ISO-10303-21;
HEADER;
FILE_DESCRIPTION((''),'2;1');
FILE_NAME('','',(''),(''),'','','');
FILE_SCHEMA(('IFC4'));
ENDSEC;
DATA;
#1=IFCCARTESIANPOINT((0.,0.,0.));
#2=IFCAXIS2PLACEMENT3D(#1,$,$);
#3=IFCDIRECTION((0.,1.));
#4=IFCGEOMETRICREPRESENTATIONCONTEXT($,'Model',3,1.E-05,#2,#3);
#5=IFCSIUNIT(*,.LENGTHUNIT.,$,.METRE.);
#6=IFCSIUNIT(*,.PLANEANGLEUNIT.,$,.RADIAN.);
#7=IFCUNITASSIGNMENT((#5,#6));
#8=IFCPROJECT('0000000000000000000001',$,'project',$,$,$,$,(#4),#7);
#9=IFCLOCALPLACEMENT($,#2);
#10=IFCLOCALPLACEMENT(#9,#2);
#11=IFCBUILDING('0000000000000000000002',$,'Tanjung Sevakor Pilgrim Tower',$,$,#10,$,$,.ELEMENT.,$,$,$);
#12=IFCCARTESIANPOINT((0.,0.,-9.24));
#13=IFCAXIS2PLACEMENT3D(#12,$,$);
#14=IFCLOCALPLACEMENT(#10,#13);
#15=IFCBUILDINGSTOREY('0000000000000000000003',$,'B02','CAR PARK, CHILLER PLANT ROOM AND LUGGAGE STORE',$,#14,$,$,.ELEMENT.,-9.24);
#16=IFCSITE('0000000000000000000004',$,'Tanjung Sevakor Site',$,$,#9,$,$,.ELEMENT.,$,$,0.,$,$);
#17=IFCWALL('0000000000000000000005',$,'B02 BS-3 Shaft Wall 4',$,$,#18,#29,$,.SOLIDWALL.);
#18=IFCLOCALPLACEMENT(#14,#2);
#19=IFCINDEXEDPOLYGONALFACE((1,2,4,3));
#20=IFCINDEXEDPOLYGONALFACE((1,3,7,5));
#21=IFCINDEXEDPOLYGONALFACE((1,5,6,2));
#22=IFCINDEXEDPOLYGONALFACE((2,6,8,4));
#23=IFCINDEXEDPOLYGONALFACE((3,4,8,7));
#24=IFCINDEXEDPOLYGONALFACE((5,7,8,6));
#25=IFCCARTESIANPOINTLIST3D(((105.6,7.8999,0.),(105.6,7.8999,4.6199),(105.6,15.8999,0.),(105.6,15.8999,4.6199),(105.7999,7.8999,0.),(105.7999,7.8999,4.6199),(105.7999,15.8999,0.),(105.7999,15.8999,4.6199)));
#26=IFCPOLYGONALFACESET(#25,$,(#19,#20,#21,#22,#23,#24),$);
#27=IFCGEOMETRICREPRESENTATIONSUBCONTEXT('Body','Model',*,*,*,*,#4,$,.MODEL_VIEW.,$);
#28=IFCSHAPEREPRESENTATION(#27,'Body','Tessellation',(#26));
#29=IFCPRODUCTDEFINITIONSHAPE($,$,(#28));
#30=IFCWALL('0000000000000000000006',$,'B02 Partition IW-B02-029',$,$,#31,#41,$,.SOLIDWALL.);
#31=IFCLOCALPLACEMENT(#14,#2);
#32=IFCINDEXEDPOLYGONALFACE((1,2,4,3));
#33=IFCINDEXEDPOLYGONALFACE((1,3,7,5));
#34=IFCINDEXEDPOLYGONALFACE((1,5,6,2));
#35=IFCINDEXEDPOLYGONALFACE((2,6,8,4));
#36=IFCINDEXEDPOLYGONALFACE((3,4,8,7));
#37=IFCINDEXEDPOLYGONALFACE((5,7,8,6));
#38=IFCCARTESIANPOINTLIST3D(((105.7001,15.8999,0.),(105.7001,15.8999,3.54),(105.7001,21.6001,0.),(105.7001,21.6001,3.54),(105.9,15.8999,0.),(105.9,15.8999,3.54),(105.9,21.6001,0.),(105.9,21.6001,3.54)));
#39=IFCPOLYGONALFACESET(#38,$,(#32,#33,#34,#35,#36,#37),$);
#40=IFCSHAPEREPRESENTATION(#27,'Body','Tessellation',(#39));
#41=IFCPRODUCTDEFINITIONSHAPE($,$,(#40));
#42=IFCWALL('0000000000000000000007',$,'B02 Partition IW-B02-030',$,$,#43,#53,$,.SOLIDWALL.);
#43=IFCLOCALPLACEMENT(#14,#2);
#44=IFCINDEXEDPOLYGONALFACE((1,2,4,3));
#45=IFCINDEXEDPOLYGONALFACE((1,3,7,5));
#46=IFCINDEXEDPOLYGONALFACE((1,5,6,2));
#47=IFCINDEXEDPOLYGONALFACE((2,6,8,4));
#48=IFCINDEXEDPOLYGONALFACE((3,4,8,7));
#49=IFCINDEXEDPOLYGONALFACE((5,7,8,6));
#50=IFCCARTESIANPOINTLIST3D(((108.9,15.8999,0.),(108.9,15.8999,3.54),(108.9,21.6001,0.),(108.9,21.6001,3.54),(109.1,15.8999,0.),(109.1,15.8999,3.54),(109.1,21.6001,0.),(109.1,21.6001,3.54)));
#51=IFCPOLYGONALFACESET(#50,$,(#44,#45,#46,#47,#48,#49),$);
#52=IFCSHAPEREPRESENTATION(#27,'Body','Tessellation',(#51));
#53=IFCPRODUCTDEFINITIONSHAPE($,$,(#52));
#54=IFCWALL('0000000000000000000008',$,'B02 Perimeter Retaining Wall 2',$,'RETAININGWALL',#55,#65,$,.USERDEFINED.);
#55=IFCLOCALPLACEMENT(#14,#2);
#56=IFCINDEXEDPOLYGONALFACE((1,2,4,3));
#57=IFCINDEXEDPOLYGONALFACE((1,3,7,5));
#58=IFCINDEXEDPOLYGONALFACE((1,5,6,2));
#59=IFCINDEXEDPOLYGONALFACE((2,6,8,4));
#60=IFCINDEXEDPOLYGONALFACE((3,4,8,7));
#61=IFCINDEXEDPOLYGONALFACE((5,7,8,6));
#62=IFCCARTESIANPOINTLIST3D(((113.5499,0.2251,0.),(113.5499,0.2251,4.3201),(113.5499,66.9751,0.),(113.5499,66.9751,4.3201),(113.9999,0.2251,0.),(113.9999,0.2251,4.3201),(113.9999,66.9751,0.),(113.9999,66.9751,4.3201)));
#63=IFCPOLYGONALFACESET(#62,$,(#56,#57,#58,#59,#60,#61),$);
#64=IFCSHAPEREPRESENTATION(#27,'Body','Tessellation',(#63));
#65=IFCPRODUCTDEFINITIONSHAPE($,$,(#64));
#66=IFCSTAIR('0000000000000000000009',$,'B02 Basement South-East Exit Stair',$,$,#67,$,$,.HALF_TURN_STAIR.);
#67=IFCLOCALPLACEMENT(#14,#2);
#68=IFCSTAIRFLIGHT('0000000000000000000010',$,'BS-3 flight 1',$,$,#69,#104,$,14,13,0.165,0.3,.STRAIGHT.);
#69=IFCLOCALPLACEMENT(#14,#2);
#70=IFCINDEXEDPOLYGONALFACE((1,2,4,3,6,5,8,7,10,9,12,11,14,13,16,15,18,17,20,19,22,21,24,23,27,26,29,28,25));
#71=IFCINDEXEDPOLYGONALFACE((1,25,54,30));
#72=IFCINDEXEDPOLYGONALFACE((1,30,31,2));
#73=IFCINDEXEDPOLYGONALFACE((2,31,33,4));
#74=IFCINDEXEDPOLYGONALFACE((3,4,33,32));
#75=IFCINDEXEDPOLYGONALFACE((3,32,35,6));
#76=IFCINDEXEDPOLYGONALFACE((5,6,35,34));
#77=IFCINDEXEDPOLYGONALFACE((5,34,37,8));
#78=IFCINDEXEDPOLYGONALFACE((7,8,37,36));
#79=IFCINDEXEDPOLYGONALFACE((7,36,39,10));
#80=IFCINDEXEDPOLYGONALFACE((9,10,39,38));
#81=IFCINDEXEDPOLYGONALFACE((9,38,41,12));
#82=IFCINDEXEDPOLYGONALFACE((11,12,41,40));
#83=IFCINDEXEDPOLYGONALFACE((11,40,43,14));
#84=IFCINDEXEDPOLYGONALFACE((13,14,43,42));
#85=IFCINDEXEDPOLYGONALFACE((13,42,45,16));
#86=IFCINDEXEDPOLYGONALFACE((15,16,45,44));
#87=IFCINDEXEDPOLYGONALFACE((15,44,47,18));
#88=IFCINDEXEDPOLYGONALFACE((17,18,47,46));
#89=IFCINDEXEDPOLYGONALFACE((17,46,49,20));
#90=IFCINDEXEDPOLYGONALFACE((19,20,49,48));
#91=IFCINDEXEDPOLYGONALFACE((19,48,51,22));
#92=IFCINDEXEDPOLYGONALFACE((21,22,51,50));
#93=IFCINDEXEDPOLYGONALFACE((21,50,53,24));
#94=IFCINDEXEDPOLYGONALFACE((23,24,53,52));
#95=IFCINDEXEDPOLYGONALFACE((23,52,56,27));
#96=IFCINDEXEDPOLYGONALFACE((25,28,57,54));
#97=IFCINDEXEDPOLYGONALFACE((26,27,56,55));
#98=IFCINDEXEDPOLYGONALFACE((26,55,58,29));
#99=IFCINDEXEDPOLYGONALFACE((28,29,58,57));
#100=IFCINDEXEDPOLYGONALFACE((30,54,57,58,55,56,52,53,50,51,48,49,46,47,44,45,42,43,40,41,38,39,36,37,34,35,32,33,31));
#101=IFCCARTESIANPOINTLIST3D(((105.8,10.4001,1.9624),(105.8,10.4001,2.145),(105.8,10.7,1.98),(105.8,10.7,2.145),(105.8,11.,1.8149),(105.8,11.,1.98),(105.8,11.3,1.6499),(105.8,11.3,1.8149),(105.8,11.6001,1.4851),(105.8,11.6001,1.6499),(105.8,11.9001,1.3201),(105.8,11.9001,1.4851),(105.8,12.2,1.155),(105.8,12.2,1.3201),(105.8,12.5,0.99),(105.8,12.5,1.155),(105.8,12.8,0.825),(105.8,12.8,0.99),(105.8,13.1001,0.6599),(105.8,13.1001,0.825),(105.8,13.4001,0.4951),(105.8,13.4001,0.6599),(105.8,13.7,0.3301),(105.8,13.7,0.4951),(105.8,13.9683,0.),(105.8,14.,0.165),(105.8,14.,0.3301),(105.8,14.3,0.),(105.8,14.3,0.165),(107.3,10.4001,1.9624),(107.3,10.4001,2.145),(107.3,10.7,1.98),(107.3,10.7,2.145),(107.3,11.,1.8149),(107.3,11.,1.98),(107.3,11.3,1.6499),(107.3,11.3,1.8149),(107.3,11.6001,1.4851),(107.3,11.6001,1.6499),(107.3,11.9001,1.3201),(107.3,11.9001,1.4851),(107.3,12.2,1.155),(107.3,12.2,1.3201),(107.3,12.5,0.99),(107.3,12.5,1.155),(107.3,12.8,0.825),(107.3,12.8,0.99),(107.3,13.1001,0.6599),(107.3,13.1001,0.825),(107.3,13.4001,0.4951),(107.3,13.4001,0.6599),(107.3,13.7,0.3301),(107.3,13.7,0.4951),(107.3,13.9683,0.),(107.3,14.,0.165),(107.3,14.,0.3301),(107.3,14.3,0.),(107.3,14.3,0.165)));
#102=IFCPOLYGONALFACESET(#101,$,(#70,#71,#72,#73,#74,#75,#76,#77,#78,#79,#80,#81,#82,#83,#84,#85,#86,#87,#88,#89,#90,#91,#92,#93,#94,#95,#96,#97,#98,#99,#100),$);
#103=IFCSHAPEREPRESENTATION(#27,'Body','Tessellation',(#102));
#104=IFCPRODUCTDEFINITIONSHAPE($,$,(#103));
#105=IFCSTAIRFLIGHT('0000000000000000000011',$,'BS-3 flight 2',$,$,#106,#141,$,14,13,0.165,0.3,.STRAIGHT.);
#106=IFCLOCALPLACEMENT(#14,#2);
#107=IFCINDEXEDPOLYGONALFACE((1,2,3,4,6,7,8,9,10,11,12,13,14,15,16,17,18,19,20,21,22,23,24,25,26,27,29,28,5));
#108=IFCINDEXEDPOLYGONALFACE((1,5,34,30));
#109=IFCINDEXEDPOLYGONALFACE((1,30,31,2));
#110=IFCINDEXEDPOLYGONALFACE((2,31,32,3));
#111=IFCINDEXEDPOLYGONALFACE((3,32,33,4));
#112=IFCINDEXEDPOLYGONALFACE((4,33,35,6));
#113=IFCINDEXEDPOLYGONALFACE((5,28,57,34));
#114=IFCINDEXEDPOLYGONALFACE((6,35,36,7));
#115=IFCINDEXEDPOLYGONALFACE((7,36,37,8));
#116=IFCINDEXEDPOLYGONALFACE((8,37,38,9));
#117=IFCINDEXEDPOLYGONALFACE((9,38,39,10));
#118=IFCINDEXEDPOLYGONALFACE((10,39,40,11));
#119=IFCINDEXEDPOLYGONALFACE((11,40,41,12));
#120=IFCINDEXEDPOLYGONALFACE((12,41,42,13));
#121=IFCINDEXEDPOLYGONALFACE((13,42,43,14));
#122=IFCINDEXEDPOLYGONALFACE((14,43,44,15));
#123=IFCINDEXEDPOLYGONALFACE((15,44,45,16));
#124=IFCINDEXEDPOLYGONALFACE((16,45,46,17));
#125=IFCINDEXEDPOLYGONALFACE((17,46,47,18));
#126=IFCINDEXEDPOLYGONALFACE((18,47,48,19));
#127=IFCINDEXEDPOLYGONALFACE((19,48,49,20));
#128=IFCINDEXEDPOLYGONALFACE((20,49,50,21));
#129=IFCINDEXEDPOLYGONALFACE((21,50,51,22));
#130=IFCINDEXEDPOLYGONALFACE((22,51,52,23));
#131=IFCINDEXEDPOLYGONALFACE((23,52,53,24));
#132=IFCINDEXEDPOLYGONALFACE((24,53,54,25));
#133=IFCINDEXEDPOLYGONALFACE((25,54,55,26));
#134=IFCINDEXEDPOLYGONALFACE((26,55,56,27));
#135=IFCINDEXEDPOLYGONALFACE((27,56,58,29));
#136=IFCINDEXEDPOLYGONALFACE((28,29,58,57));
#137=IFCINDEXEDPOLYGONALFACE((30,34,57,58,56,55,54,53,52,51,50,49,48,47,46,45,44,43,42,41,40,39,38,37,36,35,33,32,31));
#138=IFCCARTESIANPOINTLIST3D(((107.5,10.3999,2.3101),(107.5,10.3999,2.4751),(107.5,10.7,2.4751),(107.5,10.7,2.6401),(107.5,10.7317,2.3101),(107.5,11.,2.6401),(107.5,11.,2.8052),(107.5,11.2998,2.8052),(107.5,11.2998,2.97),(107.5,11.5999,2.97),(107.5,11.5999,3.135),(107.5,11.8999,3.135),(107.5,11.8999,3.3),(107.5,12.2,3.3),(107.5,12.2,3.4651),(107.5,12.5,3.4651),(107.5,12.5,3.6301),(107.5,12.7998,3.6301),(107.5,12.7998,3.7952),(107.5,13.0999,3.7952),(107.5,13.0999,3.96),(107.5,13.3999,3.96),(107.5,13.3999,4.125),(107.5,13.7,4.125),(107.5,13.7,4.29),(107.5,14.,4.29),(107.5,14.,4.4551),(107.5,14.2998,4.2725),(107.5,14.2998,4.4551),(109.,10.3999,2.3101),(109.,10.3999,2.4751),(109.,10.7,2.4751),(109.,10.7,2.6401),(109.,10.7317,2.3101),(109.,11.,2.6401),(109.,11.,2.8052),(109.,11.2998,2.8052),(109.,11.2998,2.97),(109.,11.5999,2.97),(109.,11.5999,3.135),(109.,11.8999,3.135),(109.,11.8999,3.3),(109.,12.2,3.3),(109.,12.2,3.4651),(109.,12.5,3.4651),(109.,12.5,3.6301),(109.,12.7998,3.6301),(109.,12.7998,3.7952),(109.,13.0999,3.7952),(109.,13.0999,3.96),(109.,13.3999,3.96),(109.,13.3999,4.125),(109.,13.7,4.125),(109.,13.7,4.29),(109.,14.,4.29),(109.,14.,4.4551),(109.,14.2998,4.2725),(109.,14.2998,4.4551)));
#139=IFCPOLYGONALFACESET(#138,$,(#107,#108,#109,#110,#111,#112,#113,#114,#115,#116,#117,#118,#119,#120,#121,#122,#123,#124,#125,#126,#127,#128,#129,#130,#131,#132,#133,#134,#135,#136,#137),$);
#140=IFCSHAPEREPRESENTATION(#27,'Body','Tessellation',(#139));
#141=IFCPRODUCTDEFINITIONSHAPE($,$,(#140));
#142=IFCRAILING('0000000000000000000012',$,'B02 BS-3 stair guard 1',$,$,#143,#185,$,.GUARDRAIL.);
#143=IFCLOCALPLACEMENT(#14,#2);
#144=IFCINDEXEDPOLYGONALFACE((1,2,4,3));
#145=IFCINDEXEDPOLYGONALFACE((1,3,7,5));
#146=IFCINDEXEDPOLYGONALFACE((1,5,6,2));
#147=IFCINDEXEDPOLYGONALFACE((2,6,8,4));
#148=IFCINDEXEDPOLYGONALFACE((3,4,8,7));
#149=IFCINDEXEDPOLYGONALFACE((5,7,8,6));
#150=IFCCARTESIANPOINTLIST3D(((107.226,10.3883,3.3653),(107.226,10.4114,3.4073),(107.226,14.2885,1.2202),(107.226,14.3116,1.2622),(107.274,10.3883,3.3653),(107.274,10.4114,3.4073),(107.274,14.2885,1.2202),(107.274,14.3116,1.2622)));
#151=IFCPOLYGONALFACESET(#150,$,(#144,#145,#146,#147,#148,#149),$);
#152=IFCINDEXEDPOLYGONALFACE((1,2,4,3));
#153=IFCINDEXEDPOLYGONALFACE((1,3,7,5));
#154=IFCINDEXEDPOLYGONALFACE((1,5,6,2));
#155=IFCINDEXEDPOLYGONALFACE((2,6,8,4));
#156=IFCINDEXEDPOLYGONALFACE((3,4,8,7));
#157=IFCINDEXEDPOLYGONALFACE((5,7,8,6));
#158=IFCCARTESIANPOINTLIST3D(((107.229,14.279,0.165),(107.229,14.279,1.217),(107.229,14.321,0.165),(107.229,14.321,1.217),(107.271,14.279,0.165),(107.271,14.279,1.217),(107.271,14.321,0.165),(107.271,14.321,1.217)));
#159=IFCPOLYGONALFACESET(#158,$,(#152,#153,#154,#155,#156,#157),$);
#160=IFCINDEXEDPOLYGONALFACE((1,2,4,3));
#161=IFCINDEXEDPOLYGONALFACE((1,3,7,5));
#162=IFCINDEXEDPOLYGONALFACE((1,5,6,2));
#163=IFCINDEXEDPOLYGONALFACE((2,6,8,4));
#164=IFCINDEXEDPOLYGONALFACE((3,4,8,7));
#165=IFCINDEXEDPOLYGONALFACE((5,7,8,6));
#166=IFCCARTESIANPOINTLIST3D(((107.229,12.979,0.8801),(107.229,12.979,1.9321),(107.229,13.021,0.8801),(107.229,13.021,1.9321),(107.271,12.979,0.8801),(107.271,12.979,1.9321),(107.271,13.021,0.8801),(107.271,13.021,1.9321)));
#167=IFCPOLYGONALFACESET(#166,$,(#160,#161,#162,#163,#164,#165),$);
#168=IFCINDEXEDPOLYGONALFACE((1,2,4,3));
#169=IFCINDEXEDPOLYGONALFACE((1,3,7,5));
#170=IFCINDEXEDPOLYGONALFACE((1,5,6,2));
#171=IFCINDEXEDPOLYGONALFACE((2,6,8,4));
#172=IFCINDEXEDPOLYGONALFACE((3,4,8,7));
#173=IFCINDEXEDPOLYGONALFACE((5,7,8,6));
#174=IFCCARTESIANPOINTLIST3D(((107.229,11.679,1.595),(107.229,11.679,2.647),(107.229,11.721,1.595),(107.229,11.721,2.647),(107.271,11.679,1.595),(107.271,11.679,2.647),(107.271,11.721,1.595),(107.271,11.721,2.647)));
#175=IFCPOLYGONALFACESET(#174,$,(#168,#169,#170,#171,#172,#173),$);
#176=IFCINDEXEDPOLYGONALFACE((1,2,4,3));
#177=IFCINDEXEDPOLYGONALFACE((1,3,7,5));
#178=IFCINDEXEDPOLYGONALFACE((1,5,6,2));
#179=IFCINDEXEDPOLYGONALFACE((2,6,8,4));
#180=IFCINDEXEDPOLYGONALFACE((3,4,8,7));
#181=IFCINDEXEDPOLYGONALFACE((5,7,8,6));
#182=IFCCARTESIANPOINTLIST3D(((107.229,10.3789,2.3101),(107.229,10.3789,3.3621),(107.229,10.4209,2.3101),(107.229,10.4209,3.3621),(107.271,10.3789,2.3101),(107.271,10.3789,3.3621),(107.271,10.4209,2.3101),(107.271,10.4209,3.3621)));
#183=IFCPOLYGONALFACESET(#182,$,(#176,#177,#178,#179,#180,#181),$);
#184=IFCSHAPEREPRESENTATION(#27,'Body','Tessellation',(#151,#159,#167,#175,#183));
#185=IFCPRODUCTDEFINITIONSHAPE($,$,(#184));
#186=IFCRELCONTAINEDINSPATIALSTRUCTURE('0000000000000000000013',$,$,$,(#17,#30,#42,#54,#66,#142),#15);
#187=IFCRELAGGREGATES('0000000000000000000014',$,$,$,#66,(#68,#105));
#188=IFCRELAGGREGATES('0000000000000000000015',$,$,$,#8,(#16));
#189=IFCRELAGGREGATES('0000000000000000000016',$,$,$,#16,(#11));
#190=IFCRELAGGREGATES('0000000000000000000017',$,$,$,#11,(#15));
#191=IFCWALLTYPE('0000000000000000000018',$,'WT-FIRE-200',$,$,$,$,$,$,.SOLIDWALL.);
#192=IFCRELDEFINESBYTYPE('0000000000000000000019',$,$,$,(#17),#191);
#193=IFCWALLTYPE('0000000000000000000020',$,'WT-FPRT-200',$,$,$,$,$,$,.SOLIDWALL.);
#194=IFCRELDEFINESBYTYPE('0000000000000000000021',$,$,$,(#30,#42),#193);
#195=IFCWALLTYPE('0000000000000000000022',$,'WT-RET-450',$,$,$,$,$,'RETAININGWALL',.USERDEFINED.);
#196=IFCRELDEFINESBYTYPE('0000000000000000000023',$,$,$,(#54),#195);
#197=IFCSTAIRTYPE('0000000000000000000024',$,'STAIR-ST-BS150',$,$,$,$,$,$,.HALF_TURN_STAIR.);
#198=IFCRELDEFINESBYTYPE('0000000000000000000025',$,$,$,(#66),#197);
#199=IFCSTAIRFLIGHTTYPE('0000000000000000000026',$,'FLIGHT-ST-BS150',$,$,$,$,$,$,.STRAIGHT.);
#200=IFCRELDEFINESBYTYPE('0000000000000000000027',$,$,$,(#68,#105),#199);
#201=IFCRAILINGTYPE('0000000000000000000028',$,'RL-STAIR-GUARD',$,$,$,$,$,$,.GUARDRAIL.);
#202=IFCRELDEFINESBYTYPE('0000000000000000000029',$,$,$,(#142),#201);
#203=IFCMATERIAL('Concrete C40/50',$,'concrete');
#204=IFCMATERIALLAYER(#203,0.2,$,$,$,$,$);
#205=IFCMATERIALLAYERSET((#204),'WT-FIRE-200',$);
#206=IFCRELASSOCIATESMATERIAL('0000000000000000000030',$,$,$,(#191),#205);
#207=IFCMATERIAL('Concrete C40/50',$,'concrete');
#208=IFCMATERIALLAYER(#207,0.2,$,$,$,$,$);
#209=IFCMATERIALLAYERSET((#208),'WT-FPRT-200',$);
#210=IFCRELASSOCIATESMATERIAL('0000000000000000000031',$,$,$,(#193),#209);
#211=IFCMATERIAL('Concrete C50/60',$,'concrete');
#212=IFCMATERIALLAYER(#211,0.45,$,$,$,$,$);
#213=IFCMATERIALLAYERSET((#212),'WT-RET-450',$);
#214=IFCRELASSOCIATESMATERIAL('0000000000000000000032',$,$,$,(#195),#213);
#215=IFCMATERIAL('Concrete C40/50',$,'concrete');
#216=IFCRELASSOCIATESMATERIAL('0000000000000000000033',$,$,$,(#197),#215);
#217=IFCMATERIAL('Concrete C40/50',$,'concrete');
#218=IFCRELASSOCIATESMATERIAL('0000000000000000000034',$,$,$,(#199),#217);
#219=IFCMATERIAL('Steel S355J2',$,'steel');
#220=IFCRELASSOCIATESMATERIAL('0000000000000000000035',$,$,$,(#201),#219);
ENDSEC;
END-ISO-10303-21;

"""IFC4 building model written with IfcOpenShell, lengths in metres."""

from ifc_helpers import new_model, si_unit, direction, frame, frame_2d, origin, place, context, subcontext, project, spatial, polyline, rectangle, outline, extrude, material, layer, layer_set, type_object, element, aggregate, save


model = new_model("IFC4")

# Units and contexts
model_context = context("Model", 3, precision=1e-05, world=origin(), true_north=direction((0.0, 1.0)))
body_context = subcontext(model_context, "Body", "Model", "MODEL_VIEW")
ifc_project = project(units=[si_unit("LENGTHUNIT", "METRE"), si_unit("PLANEANGLEUNIT", "RADIAN")], contexts=[model_context])

# Site, building, storey
site_placement = place(None, origin())
site = spatial("IfcSite", under=ifc_project, at=site_placement, Name="Tanjung Sevakor Site", CompositionType="ELEMENT", RefElevation=0.0)
building_placement = place(site_placement, origin())
building = spatial("IfcBuilding", under=site, at=building_placement, Name="Tanjung Sevakor Pilgrim Tower", CompositionType="ELEMENT")
storey_placement = place(building_placement, frame((0.0, 0.0, -9.24)))
storey = spatial("IfcBuildingStorey", under=building, at=storey_placement, Name="B02", Description="CAR PARK, CHILLER PLANT ROOM AND LUGGAGE STORE", CompositionType="ELEMENT", Elevation=-9.24)

# Walls
ifc_material_1 = material(Name="Concrete C40/50", Category="concrete")
ifc_layer_1 = layer(ifc_material_1, 0.2)
ifc_layer_set_1 = layer_set([ifc_layer_1], Name="WT-FIRE-200")
wall_type_1 = type_object("IfcWallType", Name="WT-FIRE-200", PredefinedType="SOLIDWALL", material=ifc_layer_set_1)
for number, where, z_axis, x_axis, name in (
    (1, (105.7, 15.8999, 0.0), (0.0, 0.0, 1.0), (0.0, -1.0, 0.0), "B02 BS-3 Shaft Wall 4"),
):
    element("IfcWall", number, at=place(storey_placement, frame(where, z_axis=z_axis, x_axis=x_axis)), inside=storey, type_object=wall_type_1, Name=name, PredefinedType="SOLIDWALL", context=body_context, shape_type="SweptSolid", body=[
        extrude(rectangle(XDim=8.0, YDim=0.2, at=frame_2d((4.0, 0.0))), origin(), (0.0, 0.0, 1.0), 4.6199),
    ])
ifc_material_2 = material(Name="Concrete C40/50", Category="concrete")
ifc_layer_2 = layer(ifc_material_2, 0.2)
ifc_layer_set_2 = layer_set([ifc_layer_2], Name="WT-FPRT-200")
wall_type_2 = type_object("IfcWallType", Name="WT-FPRT-200", PredefinedType="SOLIDWALL", material=ifc_layer_set_2)
for number, where, z_axis, x_axis, name in (
    (2, (105.8, 15.8999, 0.0), (0.0, 0.0, 1.0), (0.0, 1.0, 0.0), "B02 Partition IW-B02-029"),
    (3, (109.0, 15.8999, 0.0), (0.0, 0.0, 1.0), (0.0, 1.0, 0.0), "B02 Partition IW-B02-030"),
):
    element("IfcWall", number, at=place(storey_placement, frame(where, z_axis=z_axis, x_axis=x_axis)), inside=storey, type_object=wall_type_2, Name=name, PredefinedType="SOLIDWALL", context=body_context, shape_type="SweptSolid", body=[
        extrude(rectangle(XDim=5.7002, YDim=0.2, at=frame_2d((2.8501, 0.0))), origin(), (0.0, 0.0, 1.0), 3.54),
    ])
ifc_material_3 = material(Name="Concrete C50/60", Category="concrete")
ifc_layer_3 = layer(ifc_material_3, 0.45)
ifc_layer_set_3 = layer_set([ifc_layer_3], Name="WT-RET-450")
wall_type_3 = type_object("IfcWallType", Name="WT-RET-450", ElementType="RETAININGWALL", PredefinedType="USERDEFINED", material=ifc_layer_set_3)
wall_1_placement = place(storey_placement, frame((113.7749, 0.2251, 0.0), z_axis=(0.0, 0.0, 1.0), x_axis=(0.0, 1.0, 0.0)))
element("IfcWall", 4, at=wall_1_placement, inside=storey, type_object=wall_type_3, Name="B02 Perimeter Retaining Wall 2", ObjectType="RETAININGWALL", PredefinedType="USERDEFINED", context=body_context, shape_type="SweptSolid", body=[
    extrude(rectangle(XDim=66.75, YDim=0.45, at=frame_2d((33.375, 0.0))), origin(), (0.0, 0.0, 1.0), 4.3201),
])

# Stair, stair flights
ifc_material_4 = material(Name="Concrete C40/50", Category="concrete")
stair_type = type_object("IfcStairType", Name="STAIR-ST-BS150", PredefinedType="HALF_TURN_STAIR", material=ifc_material_4)
stair_placement = place(storey_placement, origin())
stair = element("IfcStair", 5, at=stair_placement, inside=storey, type_object=stair_type, Name="B02 Basement South-East Exit Stair", PredefinedType="HALF_TURN_STAIR")
ifc_material_5 = material(Name="Concrete C40/50", Category="concrete")
stair_flight_type = type_object("IfcStairFlightType", Name="FLIGHT-ST-BS150", PredefinedType="STRAIGHT", material=ifc_material_5)
stair_flight_1_placement = place(storey_placement, frame((106.55, 14.3, 0.0), z_axis=(0.0, 0.0, 1.0), x_axis=(0.0, -1.0, 0.0)))
stair_flight_1 = element("IfcStairFlight", 6, at=stair_flight_1_placement, type_object=stair_flight_type, Name="BS-3 flight 1", NumberOfRisers=14, NumberOfTreads=13, PredefinedType="STRAIGHT", RiserHeight=0.165, TreadLength=0.3, context=body_context, shape_type="SweptSolid", body=[
    extrude(outline(polyline([(0.0, 0.0), (0.0, 0.165), (0.3, 0.165), (0.3, 0.3301), (0.6001, 0.3301), (0.6001, 0.4951), (0.8999, 0.4951), (0.8999, 0.6599), (1.2, 0.6599), (1.2, 0.825), (1.5, 0.825), (1.5, 0.99), (1.8, 0.99), (1.8, 1.155), (2.1001, 1.155), (2.1001, 1.3201), (2.3999, 1.3201), (2.3999, 1.4851), (2.7, 1.4851), (2.7, 1.6499), (3.0, 1.6499), (3.0, 1.8149), (3.3, 1.8149), (3.3, 1.98), (3.6001, 1.98), (3.6001, 2.145), (3.8999, 2.145), (3.8999, 2.3101), (3.8999, 1.9624), (0.3318, 0.0), (0.0, 0.0)])), frame((0.0, 0.75, 0.0), z_axis=(0.0, -1.0, 0.0), x_axis=(1.0, 0.0, 0.0)), (0.0, 0.0, 1.0), 1.5),
])
stair_flight_2_placement = place(storey_placement, frame((108.25, 10.3999, 2.3101), z_axis=(0.0, 0.0, 1.0), x_axis=(0.0, 1.0, 0.0)))
stair_flight_2 = element("IfcStairFlight", 7, at=stair_flight_2_placement, type_object=stair_flight_type, Name="BS-3 flight 2", NumberOfRisers=14, NumberOfTreads=13, PredefinedType="STRAIGHT", RiserHeight=0.165, TreadLength=0.3, context=body_context, shape_type="SweptSolid", body=[
    extrude(outline(polyline([(0.0, 0.0), (0.0, 0.165), (0.3, 0.165), (0.3, 0.3301), (0.6001, 0.3301), (0.6001, 0.4951), (0.8999, 0.4951), (0.8999, 0.6599), (1.2, 0.6599), (1.2, 0.825), (1.5, 0.825), (1.5, 0.99), (1.8, 0.99), (1.8, 1.155), (2.1001, 1.155), (2.1001, 1.3201), (2.3999, 1.3201), (2.3999, 1.4851), (2.7, 1.4851), (2.7, 1.6499), (3.0, 1.6499), (3.0, 1.8149), (3.3, 1.8149), (3.3, 1.98), (3.6001, 1.98), (3.6001, 2.145), (3.8999, 2.145), (3.8999, 2.3101), (3.8999, 1.9624), (0.3318, 0.0), (0.0, 0.0)])), frame((0.0, 0.75, 0.0), z_axis=(0.0, -1.0, 0.0), x_axis=(1.0, 0.0, 0.0)), (0.0, 0.0, 1.0), 1.5),
])
aggregate(stair, [stair_flight_1, stair_flight_2])

# Railing
ifc_material_6 = material(Name="Steel S355J2", Category="steel")
railing_type_1 = type_object("IfcRailingType", Name="RL-STAIR-GUARD", PredefinedType="GUARDRAIL", material=ifc_material_6)
railing_1_placement = place(storey_placement, frame((107.25, 14.3, 0.165)))
element("IfcRailing", 8, at=railing_1_placement, inside=storey, type_object=railing_type_1, Name="B02 BS-3 stair guard 1", PredefinedType="GUARDRAIL", context=body_context, shape_type="SweptSolid", body=[
    extrude(rectangle(XDim=0.0479, YDim=0.0479), frame((0.0, 0.0, 1.0762), z_axis=(0.0, -0.876222, 0.481908), x_axis=(1.0, 0.0, 0.0)), (0.0, 0.0, 1.0), 4.4512),
    extrude(rectangle(XDim=0.042, YDim=0.042), origin(), (0.0, 0.0, 1.0), 1.052),
    extrude(rectangle(XDim=0.042, YDim=0.042), frame((0.0, -1.3, 0.7151)), (0.0, 0.0, 1.0), 1.052),
    extrude(rectangle(XDim=0.042, YDim=0.042), frame((0.0, -2.6001, 1.4299)), (0.0, 0.0, 1.0), 1.052),
    extrude(rectangle(XDim=0.042, YDim=0.042), frame((0.0, -3.9001, 2.145)), (0.0, 0.0, 1.0), 1.052),
])

save(model, "model.ifc")
